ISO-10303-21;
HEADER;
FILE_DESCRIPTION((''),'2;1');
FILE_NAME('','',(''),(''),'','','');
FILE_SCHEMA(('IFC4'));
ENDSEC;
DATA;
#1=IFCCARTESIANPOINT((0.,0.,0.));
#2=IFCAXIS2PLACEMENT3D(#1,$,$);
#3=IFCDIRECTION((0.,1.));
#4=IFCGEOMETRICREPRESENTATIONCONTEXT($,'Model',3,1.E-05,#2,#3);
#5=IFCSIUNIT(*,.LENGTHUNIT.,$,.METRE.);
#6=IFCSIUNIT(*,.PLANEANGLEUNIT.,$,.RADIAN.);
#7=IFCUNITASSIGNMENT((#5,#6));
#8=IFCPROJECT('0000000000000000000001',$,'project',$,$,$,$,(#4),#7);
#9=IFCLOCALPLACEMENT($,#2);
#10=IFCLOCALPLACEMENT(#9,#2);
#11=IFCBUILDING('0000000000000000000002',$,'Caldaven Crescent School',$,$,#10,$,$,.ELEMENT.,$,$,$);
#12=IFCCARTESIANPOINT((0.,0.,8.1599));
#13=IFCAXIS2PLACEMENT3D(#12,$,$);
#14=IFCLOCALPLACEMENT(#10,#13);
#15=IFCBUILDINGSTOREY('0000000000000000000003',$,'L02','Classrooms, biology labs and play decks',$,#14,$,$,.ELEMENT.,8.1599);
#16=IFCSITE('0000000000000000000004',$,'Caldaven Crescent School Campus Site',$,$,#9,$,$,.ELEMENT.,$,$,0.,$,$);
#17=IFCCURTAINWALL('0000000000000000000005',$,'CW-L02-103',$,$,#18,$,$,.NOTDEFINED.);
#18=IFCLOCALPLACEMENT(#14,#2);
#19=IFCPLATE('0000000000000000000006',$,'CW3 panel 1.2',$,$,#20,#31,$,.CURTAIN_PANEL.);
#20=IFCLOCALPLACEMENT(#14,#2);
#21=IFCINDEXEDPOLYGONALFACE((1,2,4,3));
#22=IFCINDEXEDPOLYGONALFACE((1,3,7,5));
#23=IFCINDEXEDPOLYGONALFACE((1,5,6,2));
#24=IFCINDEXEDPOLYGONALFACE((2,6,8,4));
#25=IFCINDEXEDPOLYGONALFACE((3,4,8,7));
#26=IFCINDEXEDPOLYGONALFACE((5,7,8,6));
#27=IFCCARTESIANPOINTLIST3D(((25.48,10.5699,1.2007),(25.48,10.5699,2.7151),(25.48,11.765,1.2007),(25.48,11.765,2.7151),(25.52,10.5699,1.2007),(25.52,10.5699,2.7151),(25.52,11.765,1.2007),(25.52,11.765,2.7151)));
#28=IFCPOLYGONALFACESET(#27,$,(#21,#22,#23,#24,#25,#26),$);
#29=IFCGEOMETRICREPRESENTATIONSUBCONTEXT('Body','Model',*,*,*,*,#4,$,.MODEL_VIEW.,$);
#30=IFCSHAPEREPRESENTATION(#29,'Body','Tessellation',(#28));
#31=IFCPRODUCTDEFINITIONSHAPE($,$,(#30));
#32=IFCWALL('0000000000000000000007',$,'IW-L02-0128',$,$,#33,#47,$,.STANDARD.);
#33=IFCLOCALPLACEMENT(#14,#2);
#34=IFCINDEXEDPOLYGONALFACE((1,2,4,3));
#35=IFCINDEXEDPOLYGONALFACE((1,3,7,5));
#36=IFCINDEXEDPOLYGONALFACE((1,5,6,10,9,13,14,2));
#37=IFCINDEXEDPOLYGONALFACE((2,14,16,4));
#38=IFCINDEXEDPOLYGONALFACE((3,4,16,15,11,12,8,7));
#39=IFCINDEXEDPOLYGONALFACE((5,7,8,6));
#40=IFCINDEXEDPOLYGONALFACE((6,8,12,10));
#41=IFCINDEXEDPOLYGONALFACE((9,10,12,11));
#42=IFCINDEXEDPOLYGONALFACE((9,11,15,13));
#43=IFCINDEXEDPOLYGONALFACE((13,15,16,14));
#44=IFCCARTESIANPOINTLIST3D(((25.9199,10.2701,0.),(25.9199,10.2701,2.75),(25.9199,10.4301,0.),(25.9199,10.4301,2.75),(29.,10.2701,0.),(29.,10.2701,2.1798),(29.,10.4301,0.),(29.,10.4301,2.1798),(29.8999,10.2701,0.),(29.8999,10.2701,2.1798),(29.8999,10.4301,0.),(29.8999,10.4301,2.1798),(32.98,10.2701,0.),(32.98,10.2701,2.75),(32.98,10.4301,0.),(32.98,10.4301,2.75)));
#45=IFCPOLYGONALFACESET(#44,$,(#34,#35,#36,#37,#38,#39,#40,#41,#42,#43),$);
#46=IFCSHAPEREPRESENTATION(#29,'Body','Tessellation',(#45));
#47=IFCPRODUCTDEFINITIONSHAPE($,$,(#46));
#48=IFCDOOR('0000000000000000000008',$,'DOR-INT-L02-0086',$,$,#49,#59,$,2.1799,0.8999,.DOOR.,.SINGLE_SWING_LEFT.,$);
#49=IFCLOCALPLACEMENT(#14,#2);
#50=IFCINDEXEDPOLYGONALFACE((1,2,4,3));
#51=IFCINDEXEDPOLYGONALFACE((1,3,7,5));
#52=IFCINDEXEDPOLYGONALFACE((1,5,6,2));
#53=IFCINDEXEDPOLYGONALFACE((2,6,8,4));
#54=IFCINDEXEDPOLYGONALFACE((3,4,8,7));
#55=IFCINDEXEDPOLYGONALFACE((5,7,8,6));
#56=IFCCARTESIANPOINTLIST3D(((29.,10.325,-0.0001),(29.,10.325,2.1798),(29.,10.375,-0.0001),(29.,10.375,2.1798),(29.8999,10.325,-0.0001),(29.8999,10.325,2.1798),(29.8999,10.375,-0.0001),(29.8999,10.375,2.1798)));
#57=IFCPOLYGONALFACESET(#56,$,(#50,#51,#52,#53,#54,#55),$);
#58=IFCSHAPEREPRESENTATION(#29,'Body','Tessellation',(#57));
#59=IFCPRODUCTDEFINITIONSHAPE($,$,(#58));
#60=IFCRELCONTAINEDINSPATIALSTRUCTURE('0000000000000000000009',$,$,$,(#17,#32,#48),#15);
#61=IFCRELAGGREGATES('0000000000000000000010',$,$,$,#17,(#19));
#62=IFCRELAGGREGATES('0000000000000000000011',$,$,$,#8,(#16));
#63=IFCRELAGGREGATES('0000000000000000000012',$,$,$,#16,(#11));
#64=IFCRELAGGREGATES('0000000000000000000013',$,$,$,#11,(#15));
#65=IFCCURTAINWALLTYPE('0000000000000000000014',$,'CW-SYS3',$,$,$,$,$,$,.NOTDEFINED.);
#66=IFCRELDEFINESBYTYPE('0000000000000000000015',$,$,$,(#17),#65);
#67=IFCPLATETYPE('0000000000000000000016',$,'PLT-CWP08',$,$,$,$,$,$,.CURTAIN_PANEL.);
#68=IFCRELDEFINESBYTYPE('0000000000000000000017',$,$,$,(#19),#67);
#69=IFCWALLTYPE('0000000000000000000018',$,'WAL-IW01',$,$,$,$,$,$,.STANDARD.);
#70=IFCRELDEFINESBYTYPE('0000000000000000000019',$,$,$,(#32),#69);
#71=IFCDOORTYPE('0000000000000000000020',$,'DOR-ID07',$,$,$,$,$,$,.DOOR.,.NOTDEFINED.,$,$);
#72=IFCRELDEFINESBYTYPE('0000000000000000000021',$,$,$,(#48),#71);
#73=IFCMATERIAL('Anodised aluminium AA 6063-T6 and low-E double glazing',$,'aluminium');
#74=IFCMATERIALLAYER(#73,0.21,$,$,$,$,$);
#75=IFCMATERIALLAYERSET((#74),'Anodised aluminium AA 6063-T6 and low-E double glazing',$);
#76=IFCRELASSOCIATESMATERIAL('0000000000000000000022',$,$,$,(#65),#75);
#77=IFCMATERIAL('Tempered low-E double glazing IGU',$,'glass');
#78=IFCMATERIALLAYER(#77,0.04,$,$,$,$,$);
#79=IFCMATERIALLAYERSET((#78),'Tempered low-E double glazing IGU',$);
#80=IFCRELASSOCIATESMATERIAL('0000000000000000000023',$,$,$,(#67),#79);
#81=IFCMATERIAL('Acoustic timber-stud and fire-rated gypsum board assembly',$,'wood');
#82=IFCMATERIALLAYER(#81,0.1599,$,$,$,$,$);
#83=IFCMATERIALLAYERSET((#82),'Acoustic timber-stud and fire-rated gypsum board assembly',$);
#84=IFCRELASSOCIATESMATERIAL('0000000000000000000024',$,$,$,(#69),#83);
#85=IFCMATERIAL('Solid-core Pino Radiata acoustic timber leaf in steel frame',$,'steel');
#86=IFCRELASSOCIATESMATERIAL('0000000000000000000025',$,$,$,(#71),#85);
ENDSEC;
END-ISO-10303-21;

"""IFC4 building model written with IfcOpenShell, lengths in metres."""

from ifc_helpers import new_model, si_unit, direction, frame, frame_2d, origin, origin_2d, place, context, subcontext, project, spatial, rectangle, extrude, material, layer, layer_set, type_object, element, fill, aggregate, save


model = new_model("IFC4")

# Units and contexts
model_context = context("Model", 3, precision=1e-05, world=origin(), true_north=direction((0.0, 1.0)))
body_context = subcontext(model_context, "Body", "Model", "MODEL_VIEW")
ifc_project = project(units=[si_unit("LENGTHUNIT", "METRE"), si_unit("PLANEANGLEUNIT", "RADIAN")], contexts=[model_context])

# Site, building, storey
site_placement = place(None, origin())
site = spatial("IfcSite", under=ifc_project, at=site_placement, Name="Caldaven Crescent School Campus Site", CompositionType="ELEMENT", RefElevation=0.0)
building_placement = place(site_placement, origin())
building = spatial("IfcBuilding", under=site, at=building_placement, Name="Caldaven Crescent School", CompositionType="ELEMENT")
storey_placement = place(building_placement, frame((0.0, 0.0, 8.1599)))
storey = spatial("IfcBuildingStorey", under=building, at=storey_placement, Name="L02", Description="Classrooms, biology labs and play decks", CompositionType="ELEMENT", Elevation=8.1599)

# Shared definitions
ifc_material_1 = material(Name="Anodised aluminium AA 6063-T6 and low-E double glazing", Category="aluminium")

# Curtain wall
ifc_layer_1 = layer(ifc_material_1, 0.21)
ifc_layer_set_1 = layer_set([ifc_layer_1], Name="Anodised aluminium AA 6063-T6 and low-E double glazing")
curtain_wall_type_1 = type_object("IfcCurtainWallType", Name="CW-SYS3", PredefinedType="NOTDEFINED", material=ifc_layer_set_1)
curtain_wall_1_placement = place(storey_placement, origin())
curtain_wall_1 = element("IfcCurtainWall", 1, at=curtain_wall_1_placement, inside=storey, type_object=curtain_wall_type_1, Name="CW-L02-103", PredefinedType="NOTDEFINED")

# Plate
ifc_material_2 = material(Name="Tempered low-E double glazing IGU", Category="glass")
ifc_layer_2 = layer(ifc_material_2, 0.04)
ifc_layer_set_2 = layer_set([ifc_layer_2], Name="Tempered low-E double glazing IGU")
plate_type_1 = type_object("IfcPlateType", Name="PLT-CWP08", PredefinedType="CURTAIN_PANEL", material=ifc_layer_set_2)
plate_1_placement = place(storey_placement, frame((25.5, 11.1675, 1.2007), z_axis=(0.0, 0.0, 1.0), x_axis=(0.0, 1.0, 0.0)))
plate_1 = element("IfcPlate", 2, at=plate_1_placement, type_object=plate_type_1, Name="CW3 panel 1.2", PredefinedType="CURTAIN_PANEL", context=body_context, shape_type="SweptSolid", body=[
    extrude(rectangle(XDim=1.1951, YDim=0.04, at=origin_2d()), origin(), (0.0, 0.0, 1.0), 1.5144),
])
aggregate(curtain_wall_1, [plate_1])

# Wall, opening, door
ifc_material_3 = material(Name="Acoustic timber-stud and fire-rated gypsum board assembly", Category="wood")
ifc_layer_3 = layer(ifc_material_3, 0.1599)
ifc_layer_set_3 = layer_set([ifc_layer_3], Name="Acoustic timber-stud and fire-rated gypsum board assembly")
wall_type = type_object("IfcWallType", Name="WAL-IW01", PredefinedType="STANDARD", material=ifc_layer_set_3)
wall_placement = place(storey_placement, frame((25.9199, 10.3501, 0.0), z_axis=(0.0, 0.0, 1.0), x_axis=(1.0, 0.0, 0.0)))
wall = element("IfcWall", 3, at=wall_placement, inside=storey, type_object=wall_type, Name="IW-L02-0128", PredefinedType="STANDARD", context=body_context, shape_type="SweptSolid", body=[
    extrude(rectangle(XDim=7.0601, YDim=0.1599, at=frame_2d((3.53, 0.0))), origin(), (0.0, 0.0, 1.0), 2.75),
])
opening_placement = place(wall_placement, frame((3.0801, 0.0, 0.0)))
opening = element("IfcOpeningElement", 4, at=opening_placement, cuts=wall, PredefinedType="OPENING", context=body_context, shape_type="SweptSolid", body=[
    extrude(rectangle(XDim=0.8999, YDim=2.1799, at=frame_2d((0.45, 1.0898))), frame((0.0, 0.0898, 0.0), z_axis=(0.0, -1.0, 0.0), x_axis=(1.0, 0.0, 0.0)), (0.0, 0.0, 1.0), 0.1799),
])
ifc_material_4 = material(Name="Solid-core Pino Radiata acoustic timber leaf in steel frame", Category="steel")
door_type = type_object("IfcDoorType", Name="DOR-ID07", OperationType="NOTDEFINED", PredefinedType="DOOR", material=ifc_material_4)
door_placement = place(opening_placement, origin())
door = element("IfcDoor", 5, at=door_placement, inside=storey, type_object=door_type, Name="DOR-INT-L02-0086", OperationType="SINGLE_SWING_LEFT", OverallHeight=2.1799, OverallWidth=0.8999, PredefinedType="DOOR", context=body_context, shape_type="SweptSolid", body=[
    extrude(rectangle(XDim=0.8999, YDim=2.1799, at=frame_2d((0.45, 1.0898))), frame((0.0, 0.0249, 0.0), z_axis=(0.0, -1.0, 0.0), x_axis=(1.0, 0.0, 0.0)), (0.0, 0.0, 1.0), 0.05),
])
fill(opening, door)

save(model, "model.ifc")
